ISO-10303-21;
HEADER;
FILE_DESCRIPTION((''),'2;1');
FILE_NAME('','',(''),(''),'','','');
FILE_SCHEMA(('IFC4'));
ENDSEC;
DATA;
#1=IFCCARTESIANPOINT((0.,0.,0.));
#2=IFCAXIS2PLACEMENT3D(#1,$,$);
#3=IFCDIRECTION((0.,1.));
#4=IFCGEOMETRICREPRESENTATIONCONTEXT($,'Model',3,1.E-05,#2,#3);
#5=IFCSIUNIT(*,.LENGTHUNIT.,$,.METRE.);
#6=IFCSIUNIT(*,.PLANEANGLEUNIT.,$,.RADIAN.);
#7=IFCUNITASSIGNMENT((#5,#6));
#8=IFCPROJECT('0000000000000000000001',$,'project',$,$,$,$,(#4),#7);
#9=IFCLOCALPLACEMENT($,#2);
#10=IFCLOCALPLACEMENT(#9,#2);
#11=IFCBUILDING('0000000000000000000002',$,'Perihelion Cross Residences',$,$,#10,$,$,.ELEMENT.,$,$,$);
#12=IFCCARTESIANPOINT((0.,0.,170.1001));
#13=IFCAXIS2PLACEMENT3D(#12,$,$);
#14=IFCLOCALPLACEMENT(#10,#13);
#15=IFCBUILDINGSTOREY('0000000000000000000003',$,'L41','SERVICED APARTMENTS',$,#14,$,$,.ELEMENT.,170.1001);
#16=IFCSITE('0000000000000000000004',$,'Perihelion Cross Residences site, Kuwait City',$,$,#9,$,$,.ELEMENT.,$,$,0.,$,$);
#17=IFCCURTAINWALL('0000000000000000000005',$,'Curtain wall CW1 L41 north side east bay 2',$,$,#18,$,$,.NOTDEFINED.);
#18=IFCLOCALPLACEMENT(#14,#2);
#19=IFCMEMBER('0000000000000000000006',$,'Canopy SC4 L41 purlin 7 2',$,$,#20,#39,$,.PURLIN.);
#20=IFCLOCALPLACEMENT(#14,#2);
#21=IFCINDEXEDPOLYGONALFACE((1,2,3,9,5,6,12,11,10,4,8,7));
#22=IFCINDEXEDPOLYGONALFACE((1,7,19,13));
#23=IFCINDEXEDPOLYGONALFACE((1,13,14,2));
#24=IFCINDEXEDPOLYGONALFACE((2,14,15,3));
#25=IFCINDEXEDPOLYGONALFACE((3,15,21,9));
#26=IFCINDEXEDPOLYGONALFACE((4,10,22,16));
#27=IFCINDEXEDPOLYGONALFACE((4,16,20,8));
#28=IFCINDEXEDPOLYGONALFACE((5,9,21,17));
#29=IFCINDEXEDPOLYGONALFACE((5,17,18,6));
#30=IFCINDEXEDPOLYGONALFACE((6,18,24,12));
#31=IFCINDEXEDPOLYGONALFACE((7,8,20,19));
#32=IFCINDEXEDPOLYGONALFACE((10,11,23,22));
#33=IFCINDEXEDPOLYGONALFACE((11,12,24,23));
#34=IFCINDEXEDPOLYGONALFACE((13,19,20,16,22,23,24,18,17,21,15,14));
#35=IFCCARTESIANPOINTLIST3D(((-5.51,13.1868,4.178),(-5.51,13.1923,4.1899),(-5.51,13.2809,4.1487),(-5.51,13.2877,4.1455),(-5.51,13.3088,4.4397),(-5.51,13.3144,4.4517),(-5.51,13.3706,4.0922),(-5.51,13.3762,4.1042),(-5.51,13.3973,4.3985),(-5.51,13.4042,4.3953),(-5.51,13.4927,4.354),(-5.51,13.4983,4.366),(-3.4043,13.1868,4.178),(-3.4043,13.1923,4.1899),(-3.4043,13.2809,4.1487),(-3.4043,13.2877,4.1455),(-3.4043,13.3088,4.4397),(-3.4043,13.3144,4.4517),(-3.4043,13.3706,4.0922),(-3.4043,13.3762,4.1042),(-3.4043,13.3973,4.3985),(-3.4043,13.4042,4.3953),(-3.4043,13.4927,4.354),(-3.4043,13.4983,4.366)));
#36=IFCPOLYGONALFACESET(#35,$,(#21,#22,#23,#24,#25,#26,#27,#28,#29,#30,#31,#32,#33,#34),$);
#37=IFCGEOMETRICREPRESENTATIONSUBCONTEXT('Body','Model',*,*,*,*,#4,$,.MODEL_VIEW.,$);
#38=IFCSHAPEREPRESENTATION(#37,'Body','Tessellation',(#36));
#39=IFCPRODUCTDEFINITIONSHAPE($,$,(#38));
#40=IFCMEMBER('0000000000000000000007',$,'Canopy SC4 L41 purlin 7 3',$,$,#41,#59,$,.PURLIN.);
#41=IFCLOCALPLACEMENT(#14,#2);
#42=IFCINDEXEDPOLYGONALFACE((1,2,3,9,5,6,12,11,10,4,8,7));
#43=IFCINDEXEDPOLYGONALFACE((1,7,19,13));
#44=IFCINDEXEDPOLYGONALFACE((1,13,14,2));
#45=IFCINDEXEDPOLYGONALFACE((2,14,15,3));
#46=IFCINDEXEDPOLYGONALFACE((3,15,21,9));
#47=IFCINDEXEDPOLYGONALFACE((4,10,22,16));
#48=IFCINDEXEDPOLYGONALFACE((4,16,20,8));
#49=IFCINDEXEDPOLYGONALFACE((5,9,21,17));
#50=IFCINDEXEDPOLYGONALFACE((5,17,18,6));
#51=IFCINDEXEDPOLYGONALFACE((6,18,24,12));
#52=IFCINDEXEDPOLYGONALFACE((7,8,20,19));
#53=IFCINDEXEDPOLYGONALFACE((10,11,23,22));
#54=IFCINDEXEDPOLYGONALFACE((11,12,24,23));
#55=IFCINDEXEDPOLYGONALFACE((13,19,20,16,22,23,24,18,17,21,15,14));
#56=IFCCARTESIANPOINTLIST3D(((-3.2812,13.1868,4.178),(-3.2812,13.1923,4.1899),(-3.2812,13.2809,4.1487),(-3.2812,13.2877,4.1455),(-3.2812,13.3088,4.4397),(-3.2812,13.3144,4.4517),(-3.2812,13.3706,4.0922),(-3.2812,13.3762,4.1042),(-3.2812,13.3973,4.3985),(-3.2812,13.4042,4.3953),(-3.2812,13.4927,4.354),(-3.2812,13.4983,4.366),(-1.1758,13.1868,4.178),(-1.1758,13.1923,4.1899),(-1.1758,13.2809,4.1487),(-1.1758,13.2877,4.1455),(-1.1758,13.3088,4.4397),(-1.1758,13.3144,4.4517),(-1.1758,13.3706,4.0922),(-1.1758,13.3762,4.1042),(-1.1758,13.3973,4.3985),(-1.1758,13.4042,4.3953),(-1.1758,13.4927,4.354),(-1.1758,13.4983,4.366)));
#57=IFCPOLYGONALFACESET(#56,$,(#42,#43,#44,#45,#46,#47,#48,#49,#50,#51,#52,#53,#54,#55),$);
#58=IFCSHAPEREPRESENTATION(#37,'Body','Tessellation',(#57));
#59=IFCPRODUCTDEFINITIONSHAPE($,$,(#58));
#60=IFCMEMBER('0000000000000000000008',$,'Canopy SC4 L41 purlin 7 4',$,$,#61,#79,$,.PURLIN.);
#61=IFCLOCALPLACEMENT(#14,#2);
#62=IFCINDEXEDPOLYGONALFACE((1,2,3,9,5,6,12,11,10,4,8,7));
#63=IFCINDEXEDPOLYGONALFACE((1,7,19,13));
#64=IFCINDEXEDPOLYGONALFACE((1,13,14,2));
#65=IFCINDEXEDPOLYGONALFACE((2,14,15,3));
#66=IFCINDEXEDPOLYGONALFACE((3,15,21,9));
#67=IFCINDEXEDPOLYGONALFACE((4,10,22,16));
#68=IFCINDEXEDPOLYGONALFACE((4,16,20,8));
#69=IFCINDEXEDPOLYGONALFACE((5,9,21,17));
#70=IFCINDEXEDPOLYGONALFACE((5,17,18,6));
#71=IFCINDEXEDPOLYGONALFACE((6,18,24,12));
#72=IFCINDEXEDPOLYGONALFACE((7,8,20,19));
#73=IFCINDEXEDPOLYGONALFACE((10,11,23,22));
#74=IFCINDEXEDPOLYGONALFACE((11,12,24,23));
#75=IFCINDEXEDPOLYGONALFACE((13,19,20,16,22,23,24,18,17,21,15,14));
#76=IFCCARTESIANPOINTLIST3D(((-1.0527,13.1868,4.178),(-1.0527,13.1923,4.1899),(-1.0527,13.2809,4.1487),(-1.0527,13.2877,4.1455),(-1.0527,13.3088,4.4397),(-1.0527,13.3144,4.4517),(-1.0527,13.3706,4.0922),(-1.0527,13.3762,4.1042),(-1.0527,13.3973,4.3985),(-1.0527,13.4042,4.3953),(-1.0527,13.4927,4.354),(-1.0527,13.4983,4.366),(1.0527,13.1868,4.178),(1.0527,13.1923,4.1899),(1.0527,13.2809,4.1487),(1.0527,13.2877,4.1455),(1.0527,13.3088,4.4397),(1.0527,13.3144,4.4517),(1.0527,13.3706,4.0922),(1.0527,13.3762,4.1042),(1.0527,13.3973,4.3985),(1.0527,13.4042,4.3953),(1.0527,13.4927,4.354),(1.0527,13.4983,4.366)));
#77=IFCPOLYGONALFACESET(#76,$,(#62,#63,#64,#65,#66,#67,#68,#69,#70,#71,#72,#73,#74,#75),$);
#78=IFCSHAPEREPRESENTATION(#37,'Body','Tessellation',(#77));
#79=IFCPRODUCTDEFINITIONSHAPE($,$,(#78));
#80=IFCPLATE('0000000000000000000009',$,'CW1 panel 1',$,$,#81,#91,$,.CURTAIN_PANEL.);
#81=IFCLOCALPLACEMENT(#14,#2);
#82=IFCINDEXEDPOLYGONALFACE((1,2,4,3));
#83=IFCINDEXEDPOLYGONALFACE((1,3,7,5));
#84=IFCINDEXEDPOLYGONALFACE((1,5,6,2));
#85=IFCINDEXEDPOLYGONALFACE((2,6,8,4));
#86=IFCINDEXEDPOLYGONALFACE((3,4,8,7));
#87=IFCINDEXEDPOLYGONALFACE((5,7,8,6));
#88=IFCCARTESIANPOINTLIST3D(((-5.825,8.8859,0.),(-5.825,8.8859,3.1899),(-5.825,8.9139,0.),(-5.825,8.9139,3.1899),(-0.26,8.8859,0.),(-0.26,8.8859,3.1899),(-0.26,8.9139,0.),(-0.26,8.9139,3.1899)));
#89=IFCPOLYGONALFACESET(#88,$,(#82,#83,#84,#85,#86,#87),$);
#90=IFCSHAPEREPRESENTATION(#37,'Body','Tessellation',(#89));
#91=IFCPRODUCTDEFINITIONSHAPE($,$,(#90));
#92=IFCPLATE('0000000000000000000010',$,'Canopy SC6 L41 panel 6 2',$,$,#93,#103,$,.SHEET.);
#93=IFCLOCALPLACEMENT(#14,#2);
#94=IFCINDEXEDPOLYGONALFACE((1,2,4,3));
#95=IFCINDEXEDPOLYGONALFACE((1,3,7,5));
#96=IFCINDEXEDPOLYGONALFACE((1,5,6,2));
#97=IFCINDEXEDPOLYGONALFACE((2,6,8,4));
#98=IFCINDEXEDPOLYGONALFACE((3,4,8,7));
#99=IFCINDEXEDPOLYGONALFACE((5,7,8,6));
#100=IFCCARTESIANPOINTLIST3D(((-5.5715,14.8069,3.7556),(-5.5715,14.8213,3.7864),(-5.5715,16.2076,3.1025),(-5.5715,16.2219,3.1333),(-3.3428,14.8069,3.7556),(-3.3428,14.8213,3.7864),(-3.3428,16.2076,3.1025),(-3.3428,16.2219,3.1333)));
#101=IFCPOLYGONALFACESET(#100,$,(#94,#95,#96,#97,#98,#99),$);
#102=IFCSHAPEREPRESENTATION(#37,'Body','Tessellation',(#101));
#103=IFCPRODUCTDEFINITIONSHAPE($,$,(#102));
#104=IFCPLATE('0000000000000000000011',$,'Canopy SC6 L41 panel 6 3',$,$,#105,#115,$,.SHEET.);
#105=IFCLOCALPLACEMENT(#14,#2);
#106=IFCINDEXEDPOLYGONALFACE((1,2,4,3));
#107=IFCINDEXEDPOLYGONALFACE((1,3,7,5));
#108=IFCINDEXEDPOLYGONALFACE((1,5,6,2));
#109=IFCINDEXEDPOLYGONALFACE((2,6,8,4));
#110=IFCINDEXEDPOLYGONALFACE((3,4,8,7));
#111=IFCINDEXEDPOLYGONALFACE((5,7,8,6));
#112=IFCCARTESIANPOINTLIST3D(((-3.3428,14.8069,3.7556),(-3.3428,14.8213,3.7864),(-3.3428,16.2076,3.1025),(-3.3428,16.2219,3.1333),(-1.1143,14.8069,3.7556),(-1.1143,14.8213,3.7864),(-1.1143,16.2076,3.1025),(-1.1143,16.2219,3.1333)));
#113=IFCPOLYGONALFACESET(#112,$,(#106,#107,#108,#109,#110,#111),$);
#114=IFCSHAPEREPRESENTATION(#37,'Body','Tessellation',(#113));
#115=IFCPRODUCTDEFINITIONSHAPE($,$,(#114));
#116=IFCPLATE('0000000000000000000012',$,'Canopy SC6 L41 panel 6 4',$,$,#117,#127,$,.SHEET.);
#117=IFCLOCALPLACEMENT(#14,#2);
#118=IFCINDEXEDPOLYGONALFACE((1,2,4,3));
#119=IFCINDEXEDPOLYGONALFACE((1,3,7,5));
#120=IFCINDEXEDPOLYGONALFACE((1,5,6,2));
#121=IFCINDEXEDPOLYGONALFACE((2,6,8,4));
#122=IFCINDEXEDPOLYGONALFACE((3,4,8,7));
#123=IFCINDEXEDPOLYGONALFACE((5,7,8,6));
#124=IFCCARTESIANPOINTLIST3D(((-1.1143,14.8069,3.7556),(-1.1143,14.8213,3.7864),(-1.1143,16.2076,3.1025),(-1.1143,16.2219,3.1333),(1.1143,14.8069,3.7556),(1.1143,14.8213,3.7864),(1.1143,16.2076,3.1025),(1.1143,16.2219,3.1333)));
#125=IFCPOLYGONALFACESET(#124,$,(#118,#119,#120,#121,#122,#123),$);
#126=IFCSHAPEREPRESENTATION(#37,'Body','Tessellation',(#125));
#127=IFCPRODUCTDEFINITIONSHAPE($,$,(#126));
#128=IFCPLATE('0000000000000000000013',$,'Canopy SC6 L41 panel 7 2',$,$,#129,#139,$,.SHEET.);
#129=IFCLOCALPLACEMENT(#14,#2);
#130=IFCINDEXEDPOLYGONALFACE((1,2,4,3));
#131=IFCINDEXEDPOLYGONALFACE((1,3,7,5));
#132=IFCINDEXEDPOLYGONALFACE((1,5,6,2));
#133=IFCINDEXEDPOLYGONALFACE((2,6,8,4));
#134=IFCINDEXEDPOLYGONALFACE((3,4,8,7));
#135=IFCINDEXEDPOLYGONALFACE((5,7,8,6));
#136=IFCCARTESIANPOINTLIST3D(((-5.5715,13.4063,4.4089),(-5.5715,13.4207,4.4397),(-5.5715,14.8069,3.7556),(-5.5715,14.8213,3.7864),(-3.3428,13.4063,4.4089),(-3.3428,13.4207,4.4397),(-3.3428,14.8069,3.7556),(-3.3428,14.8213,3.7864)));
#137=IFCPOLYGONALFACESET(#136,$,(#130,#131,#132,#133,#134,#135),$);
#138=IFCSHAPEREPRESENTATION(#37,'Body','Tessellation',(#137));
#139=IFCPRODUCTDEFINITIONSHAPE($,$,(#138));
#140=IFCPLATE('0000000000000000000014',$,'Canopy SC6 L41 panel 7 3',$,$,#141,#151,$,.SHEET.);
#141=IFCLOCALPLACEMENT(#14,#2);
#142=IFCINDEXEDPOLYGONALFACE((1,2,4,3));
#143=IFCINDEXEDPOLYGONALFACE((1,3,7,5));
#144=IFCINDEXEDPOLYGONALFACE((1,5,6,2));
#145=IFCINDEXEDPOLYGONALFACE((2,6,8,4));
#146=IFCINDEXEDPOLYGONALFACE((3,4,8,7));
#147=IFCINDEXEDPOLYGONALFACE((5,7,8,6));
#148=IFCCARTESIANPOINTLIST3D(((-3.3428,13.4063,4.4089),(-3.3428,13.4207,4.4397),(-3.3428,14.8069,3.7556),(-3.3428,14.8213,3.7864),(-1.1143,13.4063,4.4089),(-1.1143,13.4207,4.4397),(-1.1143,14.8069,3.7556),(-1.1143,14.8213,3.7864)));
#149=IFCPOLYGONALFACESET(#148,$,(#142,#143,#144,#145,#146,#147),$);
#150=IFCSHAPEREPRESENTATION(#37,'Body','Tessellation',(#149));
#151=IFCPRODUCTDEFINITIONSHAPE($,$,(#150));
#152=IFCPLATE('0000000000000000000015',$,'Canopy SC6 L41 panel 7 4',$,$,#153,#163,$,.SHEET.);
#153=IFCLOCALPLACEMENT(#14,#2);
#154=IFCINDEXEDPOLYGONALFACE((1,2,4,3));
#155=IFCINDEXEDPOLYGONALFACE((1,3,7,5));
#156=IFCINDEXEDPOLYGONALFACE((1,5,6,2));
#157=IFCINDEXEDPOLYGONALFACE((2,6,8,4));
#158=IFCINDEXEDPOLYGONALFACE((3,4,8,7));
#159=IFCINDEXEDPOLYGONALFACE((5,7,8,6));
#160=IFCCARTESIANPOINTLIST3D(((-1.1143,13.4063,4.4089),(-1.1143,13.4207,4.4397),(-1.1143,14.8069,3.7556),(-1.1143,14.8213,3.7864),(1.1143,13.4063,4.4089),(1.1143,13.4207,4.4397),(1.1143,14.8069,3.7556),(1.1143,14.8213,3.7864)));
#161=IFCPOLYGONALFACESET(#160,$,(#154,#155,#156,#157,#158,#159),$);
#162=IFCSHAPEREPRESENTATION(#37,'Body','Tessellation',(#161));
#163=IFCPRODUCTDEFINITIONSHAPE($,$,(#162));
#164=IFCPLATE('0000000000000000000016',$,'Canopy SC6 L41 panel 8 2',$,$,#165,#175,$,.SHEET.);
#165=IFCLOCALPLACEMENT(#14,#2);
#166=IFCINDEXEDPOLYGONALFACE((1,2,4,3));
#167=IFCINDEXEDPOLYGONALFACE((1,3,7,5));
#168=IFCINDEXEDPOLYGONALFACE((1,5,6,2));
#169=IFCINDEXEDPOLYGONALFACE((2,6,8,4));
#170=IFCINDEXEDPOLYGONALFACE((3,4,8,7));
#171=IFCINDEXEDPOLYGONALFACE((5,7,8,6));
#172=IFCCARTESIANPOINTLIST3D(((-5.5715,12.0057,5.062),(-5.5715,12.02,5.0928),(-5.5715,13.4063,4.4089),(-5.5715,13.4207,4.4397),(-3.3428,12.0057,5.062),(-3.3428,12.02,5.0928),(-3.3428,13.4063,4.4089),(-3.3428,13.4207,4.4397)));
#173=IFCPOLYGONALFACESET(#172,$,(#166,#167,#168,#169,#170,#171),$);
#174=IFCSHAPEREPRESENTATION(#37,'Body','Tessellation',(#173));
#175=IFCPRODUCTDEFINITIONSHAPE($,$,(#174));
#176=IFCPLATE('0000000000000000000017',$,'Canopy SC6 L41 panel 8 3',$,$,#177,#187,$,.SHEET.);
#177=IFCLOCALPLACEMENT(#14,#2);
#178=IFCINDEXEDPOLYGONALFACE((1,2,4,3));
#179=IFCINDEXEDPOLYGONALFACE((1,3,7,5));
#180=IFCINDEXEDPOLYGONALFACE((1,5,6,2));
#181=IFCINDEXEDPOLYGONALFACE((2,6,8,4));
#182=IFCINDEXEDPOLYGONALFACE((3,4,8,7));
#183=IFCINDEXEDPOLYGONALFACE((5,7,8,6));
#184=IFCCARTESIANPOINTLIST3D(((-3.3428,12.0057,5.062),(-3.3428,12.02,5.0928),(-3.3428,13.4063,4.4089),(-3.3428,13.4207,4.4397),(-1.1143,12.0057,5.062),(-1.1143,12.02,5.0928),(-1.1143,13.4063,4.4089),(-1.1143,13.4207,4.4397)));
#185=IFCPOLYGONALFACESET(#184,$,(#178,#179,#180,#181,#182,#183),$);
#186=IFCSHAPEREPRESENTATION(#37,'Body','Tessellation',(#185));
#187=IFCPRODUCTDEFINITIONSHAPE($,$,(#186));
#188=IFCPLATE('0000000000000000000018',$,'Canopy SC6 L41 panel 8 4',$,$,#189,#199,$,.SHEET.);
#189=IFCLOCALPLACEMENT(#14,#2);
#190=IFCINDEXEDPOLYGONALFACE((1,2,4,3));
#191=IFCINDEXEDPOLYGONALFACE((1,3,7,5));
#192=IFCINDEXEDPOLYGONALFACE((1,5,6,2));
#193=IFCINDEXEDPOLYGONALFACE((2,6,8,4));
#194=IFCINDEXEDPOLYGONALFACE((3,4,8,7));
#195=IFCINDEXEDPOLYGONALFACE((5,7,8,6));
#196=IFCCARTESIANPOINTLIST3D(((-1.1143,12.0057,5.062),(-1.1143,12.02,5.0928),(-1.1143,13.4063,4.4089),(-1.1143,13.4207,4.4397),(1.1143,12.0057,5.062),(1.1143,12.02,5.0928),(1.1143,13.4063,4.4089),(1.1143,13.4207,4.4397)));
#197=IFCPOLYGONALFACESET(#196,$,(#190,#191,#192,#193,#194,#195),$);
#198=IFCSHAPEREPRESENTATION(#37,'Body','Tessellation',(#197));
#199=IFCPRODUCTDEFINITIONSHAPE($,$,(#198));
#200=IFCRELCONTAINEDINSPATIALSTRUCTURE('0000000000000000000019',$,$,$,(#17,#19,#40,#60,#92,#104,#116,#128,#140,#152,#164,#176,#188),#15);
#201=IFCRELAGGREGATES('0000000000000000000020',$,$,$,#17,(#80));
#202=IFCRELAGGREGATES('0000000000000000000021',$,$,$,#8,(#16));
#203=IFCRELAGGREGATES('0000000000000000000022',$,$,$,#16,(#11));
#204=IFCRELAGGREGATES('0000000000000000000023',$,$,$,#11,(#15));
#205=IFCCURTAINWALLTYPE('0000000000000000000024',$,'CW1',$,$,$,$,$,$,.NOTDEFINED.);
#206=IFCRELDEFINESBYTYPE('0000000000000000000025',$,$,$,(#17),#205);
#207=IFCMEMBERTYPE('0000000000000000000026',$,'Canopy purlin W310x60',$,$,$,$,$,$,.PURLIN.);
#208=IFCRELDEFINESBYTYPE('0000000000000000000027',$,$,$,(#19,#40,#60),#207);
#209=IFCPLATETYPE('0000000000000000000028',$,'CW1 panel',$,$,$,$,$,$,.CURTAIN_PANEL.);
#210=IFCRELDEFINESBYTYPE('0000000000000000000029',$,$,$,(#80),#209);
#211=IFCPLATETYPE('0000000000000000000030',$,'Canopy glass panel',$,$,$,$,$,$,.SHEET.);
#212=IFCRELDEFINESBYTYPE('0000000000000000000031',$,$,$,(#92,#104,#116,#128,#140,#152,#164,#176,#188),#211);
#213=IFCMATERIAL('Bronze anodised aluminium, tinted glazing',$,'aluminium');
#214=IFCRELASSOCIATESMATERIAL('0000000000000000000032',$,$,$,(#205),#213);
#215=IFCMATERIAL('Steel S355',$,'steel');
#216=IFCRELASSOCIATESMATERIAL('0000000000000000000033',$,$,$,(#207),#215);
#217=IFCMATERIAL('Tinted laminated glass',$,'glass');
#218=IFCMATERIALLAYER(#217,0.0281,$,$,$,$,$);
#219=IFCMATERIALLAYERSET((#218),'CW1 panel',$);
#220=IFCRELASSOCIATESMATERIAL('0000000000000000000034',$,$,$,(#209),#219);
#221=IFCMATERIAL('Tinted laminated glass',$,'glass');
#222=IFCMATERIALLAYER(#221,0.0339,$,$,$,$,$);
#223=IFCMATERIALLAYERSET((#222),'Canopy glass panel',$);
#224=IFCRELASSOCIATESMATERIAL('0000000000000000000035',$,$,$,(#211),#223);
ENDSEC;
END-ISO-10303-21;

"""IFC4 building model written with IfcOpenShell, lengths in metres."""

from ifc_helpers import new_model, si_unit, direction, frame, origin, origin_2d, place, context, subcontext, project, spatial, polyline, rectangle, i_section, outline, extrude, material, layer, layer_set, material_profile, profile_set, type_object, element, aggregate, save


model = new_model("IFC4")

# Units and contexts
model_context = context("Model", 3, precision=1e-05, world=origin(), true_north=direction((0.0, 1.0)))
body_context = subcontext(model_context, "Body", "Model", "MODEL_VIEW")
ifc_project = project(units=[si_unit("LENGTHUNIT", "METRE"), si_unit("PLANEANGLEUNIT", "RADIAN")], contexts=[model_context])

# Site, building, storey
site_placement = place(None, origin())
site = spatial("IfcSite", under=ifc_project, at=site_placement, Name="Perihelion Cross Residences site, Kuwait City", CompositionType="ELEMENT", RefElevation=0.0)
building_placement = place(site_placement, origin())
building = spatial("IfcBuilding", under=site, at=building_placement, Name="Perihelion Cross Residences", CompositionType="ELEMENT")
storey_placement = place(building_placement, frame((0.0, 0.0, 170.1001)))
storey = spatial("IfcBuildingStorey", under=building, at=storey_placement, Name="L41", Description="SERVICED APARTMENTS", CompositionType="ELEMENT", Elevation=170.1001)

# Curtain wall
ifc_material_1 = material(Name="Bronze anodised aluminium, tinted glazing", Category="aluminium")
curtain_wall_type = type_object("IfcCurtainWallType", Name="CW1", PredefinedType="NOTDEFINED", material=ifc_material_1)
curtain_wall_placement = place(storey_placement, origin())
curtain_wall = element("IfcCurtainWall", 1, at=curtain_wall_placement, inside=storey, type_object=curtain_wall_type, Name="Curtain wall CW1 L41 north side east bay 2", PredefinedType="NOTDEFINED")

# Members
ifc_material_2 = material(Name="Steel S355", Category="steel")
ifc_material_profile_1 = material_profile(ifc_material_2, i_section(OverallWidth=0.2029, OverallDepth=0.302, WebThickness=0.0076, FlangeThickness=0.0132, at=origin_2d()), Name="W310x60")
ifc_profile_set_1 = profile_set([ifc_material_profile_1], Name="Steel S355")
member_type_1 = type_object("IfcMemberType", Name="Canopy purlin W310x60", PredefinedType="PURLIN", material=ifc_profile_set_1)
member_1_placement = place(storey_placement, frame((-5.51, 13.3425, 4.272), z_axis=(1.0, 0.0, 0.0), x_axis=(0.0, 0.906308, -0.422618)))
element("IfcMember", 2, at=member_1_placement, inside=storey, type_object=member_type_1, Name="Canopy SC4 L41 purlin 7 2", PredefinedType="PURLIN", context=body_context, shape_type="SweptSolid", body=[
    extrude(i_section(OverallWidth=0.2029, OverallDepth=0.302, WebThickness=0.0076, FlangeThickness=0.0132, at=origin_2d()), origin(), (0.0, 0.0, 1.0), 2.1057),
])
for number, where, z_axis, x_axis, name in (
    (3, (-3.2812, 13.3425, 4.272), (1.0, 0.0, 0.0), (0.0, 0.906308, -0.422618), "Canopy SC4 L41 purlin 7 3"),
    (4, (-1.0527, 13.3425, 4.272), (1.0, 0.0, 0.0), (0.0, 0.906308, -0.422618), "Canopy SC4 L41 purlin 7 4"),
):
    element("IfcMember", number, at=place(storey_placement, frame(where, z_axis=z_axis, x_axis=x_axis)), inside=storey, type_object=member_type_1, Name=name, PredefinedType="PURLIN", context=body_context, shape_type="SweptSolid", body=[
        extrude(i_section(OverallWidth=0.2029, OverallDepth=0.302, WebThickness=0.0076, FlangeThickness=0.0132, at=origin_2d()), origin(), (0.0, 0.0, 1.0), 2.1055),
    ])

# Plate
ifc_material_3 = material(Name="Tinted laminated glass", Category="glass")
ifc_layer_1 = layer(ifc_material_3, 0.0281)
ifc_layer_set_1 = layer_set([ifc_layer_1], Name="CW1 panel")
plate_type_1 = type_object("IfcPlateType", Name="CW1 panel", PredefinedType="CURTAIN_PANEL", material=ifc_layer_set_1)
plate_1_placement = place(storey_placement, frame((-3.0425, 8.8999, 0.0), z_axis=(0.0, 0.0, 1.0), x_axis=(-1.0, 0.0, 0.0)))
plate_1 = element("IfcPlate", 5, at=plate_1_placement, type_object=plate_type_1, Name="CW1 panel 1", PredefinedType="CURTAIN_PANEL", context=body_context, shape_type="SweptSolid", body=[
    extrude(rectangle(XDim=5.5649, YDim=0.0281, at=origin_2d()), origin(), (0.0, 0.0, 1.0), 3.1899),
])
aggregate(curtain_wall, [plate_1])

# Plates
ifc_material_4 = material(Name="Tinted laminated glass", Category="glass")
ifc_layer_2 = layer(ifc_material_4, 0.0339)
ifc_layer_set_2 = layer_set([ifc_layer_2], Name="Canopy glass panel")
plate_type_2 = type_object("IfcPlateType", Name="Canopy glass panel", PredefinedType="SHEET", material=ifc_layer_set_2)
plate_2_placement = place(storey_placement, frame((-5.5715, 16.2219, 3.1333), z_axis=(0.0, 0.422591, 0.90632), x_axis=(1.0, 0.0, 0.0)))
element("IfcPlate", 6, at=plate_2_placement, inside=storey, type_object=plate_type_2, Name="Canopy SC6 L41 panel 6 2", PredefinedType="SHEET", context=body_context, shape_type="SweptSolid", body=[
    extrude(outline(polyline([(0.0, 0.0), (2.2288, 0.0), (2.2288, -1.5454), (0.0, -1.5454), (0.0, 0.0)])), origin(), (0.0, 0.0, -1.0), 0.0339),
])
for number, where, z_axis, x_axis, name in (
    (7, (-3.3428, 16.2219, 3.1333), (0.0, 0.422591, 0.90632), (1.0, 0.0, 0.0), "Canopy SC6 L41 panel 6 3"),
    (8, (-1.1143, 16.2219, 3.1333), (0.0, 0.422591, 0.90632), (1.0, 0.0, 0.0), "Canopy SC6 L41 panel 6 4"),
):
    element("IfcPlate", number, at=place(storey_placement, frame(where, z_axis=z_axis, x_axis=x_axis)), inside=storey, type_object=plate_type_2, Name=name, PredefinedType="SHEET", context=body_context, shape_type="SweptSolid", body=[
        extrude(outline(polyline([(0.0, 0.0), (2.2285, 0.0), (2.2285, -1.5454), (0.0, -1.5454), (0.0, 0.0)])), origin(), (0.0, 0.0, -1.0), 0.0339),
    ])
plate_3_placement = place(storey_placement, frame((-5.5715, 14.8213, 3.7864), z_axis=(0.0, 0.422721, 0.90626), x_axis=(1.0, 0.0, 0.0)))
element("IfcPlate", 9, at=plate_3_placement, inside=storey, type_object=plate_type_2, Name="Canopy SC6 L41 panel 7 2", PredefinedType="SHEET", context=body_context, shape_type="SweptSolid", body=[
    extrude(outline(polyline([(0.0, 0.0), (2.2288, 0.0), (2.2288, -1.5455), (0.0, -1.5455), (0.0, 0.0)])), origin(), (0.0, 0.0, -1.0), 0.0339),
])
for number, where, z_axis, x_axis, name in (
    (10, (-3.3428, 14.8213, 3.7864), (0.0, 0.422721, 0.90626), (1.0, 0.0, 0.0), "Canopy SC6 L41 panel 7 3"),
    (11, (-1.1143, 14.8213, 3.7864), (0.0, 0.422721, 0.90626), (1.0, 0.0, 0.0), "Canopy SC6 L41 panel 7 4"),
):
    element("IfcPlate", number, at=place(storey_placement, frame(where, z_axis=z_axis, x_axis=x_axis)), inside=storey, type_object=plate_type_2, Name=name, PredefinedType="SHEET", context=body_context, shape_type="SweptSolid", body=[
        extrude(outline(polyline([(0.0, 0.0), (2.2285, 0.0), (2.2285, -1.5455), (0.0, -1.5455), (0.0, 0.0)])), origin(), (0.0, 0.0, -1.0), 0.0339),
    ])
plate_4_placement = place(storey_placement, frame((-5.5715, 13.4207, 4.4397), z_axis=(0.0, 0.422591, 0.90632), x_axis=(1.0, 0.0, 0.0)))
element("IfcPlate", 12, at=plate_4_placement, inside=storey, type_object=plate_type_2, Name="Canopy SC6 L41 panel 8 2", PredefinedType="SHEET", context=body_context, shape_type="SweptSolid", body=[
    extrude(outline(polyline([(0.0, 0.0), (2.2288, 0.0), (2.2288, -1.5454), (0.0, -1.5454), (0.0, 0.0)])), origin(), (0.0, 0.0, -1.0), 0.0339),
])
for number, where, z_axis, x_axis, name in (
    (13, (-3.3428, 13.4207, 4.4397), (0.0, 0.422591, 0.90632), (1.0, 0.0, 0.0), "Canopy SC6 L41 panel 8 3"),
    (14, (-1.1143, 13.4207, 4.4397), (0.0, 0.422591, 0.90632), (1.0, 0.0, 0.0), "Canopy SC6 L41 panel 8 4"),
):
    element("IfcPlate", number, at=place(storey_placement, frame(where, z_axis=z_axis, x_axis=x_axis)), inside=storey, type_object=plate_type_2, Name=name, PredefinedType="SHEET", context=body_context, shape_type="SweptSolid", body=[
        extrude(outline(polyline([(0.0, 0.0), (2.2285, 0.0), (2.2285, -1.5454), (0.0, -1.5454), (0.0, 0.0)])), origin(), (0.0, 0.0, -1.0), 0.0339),
    ])

save(model, "model.ifc")
